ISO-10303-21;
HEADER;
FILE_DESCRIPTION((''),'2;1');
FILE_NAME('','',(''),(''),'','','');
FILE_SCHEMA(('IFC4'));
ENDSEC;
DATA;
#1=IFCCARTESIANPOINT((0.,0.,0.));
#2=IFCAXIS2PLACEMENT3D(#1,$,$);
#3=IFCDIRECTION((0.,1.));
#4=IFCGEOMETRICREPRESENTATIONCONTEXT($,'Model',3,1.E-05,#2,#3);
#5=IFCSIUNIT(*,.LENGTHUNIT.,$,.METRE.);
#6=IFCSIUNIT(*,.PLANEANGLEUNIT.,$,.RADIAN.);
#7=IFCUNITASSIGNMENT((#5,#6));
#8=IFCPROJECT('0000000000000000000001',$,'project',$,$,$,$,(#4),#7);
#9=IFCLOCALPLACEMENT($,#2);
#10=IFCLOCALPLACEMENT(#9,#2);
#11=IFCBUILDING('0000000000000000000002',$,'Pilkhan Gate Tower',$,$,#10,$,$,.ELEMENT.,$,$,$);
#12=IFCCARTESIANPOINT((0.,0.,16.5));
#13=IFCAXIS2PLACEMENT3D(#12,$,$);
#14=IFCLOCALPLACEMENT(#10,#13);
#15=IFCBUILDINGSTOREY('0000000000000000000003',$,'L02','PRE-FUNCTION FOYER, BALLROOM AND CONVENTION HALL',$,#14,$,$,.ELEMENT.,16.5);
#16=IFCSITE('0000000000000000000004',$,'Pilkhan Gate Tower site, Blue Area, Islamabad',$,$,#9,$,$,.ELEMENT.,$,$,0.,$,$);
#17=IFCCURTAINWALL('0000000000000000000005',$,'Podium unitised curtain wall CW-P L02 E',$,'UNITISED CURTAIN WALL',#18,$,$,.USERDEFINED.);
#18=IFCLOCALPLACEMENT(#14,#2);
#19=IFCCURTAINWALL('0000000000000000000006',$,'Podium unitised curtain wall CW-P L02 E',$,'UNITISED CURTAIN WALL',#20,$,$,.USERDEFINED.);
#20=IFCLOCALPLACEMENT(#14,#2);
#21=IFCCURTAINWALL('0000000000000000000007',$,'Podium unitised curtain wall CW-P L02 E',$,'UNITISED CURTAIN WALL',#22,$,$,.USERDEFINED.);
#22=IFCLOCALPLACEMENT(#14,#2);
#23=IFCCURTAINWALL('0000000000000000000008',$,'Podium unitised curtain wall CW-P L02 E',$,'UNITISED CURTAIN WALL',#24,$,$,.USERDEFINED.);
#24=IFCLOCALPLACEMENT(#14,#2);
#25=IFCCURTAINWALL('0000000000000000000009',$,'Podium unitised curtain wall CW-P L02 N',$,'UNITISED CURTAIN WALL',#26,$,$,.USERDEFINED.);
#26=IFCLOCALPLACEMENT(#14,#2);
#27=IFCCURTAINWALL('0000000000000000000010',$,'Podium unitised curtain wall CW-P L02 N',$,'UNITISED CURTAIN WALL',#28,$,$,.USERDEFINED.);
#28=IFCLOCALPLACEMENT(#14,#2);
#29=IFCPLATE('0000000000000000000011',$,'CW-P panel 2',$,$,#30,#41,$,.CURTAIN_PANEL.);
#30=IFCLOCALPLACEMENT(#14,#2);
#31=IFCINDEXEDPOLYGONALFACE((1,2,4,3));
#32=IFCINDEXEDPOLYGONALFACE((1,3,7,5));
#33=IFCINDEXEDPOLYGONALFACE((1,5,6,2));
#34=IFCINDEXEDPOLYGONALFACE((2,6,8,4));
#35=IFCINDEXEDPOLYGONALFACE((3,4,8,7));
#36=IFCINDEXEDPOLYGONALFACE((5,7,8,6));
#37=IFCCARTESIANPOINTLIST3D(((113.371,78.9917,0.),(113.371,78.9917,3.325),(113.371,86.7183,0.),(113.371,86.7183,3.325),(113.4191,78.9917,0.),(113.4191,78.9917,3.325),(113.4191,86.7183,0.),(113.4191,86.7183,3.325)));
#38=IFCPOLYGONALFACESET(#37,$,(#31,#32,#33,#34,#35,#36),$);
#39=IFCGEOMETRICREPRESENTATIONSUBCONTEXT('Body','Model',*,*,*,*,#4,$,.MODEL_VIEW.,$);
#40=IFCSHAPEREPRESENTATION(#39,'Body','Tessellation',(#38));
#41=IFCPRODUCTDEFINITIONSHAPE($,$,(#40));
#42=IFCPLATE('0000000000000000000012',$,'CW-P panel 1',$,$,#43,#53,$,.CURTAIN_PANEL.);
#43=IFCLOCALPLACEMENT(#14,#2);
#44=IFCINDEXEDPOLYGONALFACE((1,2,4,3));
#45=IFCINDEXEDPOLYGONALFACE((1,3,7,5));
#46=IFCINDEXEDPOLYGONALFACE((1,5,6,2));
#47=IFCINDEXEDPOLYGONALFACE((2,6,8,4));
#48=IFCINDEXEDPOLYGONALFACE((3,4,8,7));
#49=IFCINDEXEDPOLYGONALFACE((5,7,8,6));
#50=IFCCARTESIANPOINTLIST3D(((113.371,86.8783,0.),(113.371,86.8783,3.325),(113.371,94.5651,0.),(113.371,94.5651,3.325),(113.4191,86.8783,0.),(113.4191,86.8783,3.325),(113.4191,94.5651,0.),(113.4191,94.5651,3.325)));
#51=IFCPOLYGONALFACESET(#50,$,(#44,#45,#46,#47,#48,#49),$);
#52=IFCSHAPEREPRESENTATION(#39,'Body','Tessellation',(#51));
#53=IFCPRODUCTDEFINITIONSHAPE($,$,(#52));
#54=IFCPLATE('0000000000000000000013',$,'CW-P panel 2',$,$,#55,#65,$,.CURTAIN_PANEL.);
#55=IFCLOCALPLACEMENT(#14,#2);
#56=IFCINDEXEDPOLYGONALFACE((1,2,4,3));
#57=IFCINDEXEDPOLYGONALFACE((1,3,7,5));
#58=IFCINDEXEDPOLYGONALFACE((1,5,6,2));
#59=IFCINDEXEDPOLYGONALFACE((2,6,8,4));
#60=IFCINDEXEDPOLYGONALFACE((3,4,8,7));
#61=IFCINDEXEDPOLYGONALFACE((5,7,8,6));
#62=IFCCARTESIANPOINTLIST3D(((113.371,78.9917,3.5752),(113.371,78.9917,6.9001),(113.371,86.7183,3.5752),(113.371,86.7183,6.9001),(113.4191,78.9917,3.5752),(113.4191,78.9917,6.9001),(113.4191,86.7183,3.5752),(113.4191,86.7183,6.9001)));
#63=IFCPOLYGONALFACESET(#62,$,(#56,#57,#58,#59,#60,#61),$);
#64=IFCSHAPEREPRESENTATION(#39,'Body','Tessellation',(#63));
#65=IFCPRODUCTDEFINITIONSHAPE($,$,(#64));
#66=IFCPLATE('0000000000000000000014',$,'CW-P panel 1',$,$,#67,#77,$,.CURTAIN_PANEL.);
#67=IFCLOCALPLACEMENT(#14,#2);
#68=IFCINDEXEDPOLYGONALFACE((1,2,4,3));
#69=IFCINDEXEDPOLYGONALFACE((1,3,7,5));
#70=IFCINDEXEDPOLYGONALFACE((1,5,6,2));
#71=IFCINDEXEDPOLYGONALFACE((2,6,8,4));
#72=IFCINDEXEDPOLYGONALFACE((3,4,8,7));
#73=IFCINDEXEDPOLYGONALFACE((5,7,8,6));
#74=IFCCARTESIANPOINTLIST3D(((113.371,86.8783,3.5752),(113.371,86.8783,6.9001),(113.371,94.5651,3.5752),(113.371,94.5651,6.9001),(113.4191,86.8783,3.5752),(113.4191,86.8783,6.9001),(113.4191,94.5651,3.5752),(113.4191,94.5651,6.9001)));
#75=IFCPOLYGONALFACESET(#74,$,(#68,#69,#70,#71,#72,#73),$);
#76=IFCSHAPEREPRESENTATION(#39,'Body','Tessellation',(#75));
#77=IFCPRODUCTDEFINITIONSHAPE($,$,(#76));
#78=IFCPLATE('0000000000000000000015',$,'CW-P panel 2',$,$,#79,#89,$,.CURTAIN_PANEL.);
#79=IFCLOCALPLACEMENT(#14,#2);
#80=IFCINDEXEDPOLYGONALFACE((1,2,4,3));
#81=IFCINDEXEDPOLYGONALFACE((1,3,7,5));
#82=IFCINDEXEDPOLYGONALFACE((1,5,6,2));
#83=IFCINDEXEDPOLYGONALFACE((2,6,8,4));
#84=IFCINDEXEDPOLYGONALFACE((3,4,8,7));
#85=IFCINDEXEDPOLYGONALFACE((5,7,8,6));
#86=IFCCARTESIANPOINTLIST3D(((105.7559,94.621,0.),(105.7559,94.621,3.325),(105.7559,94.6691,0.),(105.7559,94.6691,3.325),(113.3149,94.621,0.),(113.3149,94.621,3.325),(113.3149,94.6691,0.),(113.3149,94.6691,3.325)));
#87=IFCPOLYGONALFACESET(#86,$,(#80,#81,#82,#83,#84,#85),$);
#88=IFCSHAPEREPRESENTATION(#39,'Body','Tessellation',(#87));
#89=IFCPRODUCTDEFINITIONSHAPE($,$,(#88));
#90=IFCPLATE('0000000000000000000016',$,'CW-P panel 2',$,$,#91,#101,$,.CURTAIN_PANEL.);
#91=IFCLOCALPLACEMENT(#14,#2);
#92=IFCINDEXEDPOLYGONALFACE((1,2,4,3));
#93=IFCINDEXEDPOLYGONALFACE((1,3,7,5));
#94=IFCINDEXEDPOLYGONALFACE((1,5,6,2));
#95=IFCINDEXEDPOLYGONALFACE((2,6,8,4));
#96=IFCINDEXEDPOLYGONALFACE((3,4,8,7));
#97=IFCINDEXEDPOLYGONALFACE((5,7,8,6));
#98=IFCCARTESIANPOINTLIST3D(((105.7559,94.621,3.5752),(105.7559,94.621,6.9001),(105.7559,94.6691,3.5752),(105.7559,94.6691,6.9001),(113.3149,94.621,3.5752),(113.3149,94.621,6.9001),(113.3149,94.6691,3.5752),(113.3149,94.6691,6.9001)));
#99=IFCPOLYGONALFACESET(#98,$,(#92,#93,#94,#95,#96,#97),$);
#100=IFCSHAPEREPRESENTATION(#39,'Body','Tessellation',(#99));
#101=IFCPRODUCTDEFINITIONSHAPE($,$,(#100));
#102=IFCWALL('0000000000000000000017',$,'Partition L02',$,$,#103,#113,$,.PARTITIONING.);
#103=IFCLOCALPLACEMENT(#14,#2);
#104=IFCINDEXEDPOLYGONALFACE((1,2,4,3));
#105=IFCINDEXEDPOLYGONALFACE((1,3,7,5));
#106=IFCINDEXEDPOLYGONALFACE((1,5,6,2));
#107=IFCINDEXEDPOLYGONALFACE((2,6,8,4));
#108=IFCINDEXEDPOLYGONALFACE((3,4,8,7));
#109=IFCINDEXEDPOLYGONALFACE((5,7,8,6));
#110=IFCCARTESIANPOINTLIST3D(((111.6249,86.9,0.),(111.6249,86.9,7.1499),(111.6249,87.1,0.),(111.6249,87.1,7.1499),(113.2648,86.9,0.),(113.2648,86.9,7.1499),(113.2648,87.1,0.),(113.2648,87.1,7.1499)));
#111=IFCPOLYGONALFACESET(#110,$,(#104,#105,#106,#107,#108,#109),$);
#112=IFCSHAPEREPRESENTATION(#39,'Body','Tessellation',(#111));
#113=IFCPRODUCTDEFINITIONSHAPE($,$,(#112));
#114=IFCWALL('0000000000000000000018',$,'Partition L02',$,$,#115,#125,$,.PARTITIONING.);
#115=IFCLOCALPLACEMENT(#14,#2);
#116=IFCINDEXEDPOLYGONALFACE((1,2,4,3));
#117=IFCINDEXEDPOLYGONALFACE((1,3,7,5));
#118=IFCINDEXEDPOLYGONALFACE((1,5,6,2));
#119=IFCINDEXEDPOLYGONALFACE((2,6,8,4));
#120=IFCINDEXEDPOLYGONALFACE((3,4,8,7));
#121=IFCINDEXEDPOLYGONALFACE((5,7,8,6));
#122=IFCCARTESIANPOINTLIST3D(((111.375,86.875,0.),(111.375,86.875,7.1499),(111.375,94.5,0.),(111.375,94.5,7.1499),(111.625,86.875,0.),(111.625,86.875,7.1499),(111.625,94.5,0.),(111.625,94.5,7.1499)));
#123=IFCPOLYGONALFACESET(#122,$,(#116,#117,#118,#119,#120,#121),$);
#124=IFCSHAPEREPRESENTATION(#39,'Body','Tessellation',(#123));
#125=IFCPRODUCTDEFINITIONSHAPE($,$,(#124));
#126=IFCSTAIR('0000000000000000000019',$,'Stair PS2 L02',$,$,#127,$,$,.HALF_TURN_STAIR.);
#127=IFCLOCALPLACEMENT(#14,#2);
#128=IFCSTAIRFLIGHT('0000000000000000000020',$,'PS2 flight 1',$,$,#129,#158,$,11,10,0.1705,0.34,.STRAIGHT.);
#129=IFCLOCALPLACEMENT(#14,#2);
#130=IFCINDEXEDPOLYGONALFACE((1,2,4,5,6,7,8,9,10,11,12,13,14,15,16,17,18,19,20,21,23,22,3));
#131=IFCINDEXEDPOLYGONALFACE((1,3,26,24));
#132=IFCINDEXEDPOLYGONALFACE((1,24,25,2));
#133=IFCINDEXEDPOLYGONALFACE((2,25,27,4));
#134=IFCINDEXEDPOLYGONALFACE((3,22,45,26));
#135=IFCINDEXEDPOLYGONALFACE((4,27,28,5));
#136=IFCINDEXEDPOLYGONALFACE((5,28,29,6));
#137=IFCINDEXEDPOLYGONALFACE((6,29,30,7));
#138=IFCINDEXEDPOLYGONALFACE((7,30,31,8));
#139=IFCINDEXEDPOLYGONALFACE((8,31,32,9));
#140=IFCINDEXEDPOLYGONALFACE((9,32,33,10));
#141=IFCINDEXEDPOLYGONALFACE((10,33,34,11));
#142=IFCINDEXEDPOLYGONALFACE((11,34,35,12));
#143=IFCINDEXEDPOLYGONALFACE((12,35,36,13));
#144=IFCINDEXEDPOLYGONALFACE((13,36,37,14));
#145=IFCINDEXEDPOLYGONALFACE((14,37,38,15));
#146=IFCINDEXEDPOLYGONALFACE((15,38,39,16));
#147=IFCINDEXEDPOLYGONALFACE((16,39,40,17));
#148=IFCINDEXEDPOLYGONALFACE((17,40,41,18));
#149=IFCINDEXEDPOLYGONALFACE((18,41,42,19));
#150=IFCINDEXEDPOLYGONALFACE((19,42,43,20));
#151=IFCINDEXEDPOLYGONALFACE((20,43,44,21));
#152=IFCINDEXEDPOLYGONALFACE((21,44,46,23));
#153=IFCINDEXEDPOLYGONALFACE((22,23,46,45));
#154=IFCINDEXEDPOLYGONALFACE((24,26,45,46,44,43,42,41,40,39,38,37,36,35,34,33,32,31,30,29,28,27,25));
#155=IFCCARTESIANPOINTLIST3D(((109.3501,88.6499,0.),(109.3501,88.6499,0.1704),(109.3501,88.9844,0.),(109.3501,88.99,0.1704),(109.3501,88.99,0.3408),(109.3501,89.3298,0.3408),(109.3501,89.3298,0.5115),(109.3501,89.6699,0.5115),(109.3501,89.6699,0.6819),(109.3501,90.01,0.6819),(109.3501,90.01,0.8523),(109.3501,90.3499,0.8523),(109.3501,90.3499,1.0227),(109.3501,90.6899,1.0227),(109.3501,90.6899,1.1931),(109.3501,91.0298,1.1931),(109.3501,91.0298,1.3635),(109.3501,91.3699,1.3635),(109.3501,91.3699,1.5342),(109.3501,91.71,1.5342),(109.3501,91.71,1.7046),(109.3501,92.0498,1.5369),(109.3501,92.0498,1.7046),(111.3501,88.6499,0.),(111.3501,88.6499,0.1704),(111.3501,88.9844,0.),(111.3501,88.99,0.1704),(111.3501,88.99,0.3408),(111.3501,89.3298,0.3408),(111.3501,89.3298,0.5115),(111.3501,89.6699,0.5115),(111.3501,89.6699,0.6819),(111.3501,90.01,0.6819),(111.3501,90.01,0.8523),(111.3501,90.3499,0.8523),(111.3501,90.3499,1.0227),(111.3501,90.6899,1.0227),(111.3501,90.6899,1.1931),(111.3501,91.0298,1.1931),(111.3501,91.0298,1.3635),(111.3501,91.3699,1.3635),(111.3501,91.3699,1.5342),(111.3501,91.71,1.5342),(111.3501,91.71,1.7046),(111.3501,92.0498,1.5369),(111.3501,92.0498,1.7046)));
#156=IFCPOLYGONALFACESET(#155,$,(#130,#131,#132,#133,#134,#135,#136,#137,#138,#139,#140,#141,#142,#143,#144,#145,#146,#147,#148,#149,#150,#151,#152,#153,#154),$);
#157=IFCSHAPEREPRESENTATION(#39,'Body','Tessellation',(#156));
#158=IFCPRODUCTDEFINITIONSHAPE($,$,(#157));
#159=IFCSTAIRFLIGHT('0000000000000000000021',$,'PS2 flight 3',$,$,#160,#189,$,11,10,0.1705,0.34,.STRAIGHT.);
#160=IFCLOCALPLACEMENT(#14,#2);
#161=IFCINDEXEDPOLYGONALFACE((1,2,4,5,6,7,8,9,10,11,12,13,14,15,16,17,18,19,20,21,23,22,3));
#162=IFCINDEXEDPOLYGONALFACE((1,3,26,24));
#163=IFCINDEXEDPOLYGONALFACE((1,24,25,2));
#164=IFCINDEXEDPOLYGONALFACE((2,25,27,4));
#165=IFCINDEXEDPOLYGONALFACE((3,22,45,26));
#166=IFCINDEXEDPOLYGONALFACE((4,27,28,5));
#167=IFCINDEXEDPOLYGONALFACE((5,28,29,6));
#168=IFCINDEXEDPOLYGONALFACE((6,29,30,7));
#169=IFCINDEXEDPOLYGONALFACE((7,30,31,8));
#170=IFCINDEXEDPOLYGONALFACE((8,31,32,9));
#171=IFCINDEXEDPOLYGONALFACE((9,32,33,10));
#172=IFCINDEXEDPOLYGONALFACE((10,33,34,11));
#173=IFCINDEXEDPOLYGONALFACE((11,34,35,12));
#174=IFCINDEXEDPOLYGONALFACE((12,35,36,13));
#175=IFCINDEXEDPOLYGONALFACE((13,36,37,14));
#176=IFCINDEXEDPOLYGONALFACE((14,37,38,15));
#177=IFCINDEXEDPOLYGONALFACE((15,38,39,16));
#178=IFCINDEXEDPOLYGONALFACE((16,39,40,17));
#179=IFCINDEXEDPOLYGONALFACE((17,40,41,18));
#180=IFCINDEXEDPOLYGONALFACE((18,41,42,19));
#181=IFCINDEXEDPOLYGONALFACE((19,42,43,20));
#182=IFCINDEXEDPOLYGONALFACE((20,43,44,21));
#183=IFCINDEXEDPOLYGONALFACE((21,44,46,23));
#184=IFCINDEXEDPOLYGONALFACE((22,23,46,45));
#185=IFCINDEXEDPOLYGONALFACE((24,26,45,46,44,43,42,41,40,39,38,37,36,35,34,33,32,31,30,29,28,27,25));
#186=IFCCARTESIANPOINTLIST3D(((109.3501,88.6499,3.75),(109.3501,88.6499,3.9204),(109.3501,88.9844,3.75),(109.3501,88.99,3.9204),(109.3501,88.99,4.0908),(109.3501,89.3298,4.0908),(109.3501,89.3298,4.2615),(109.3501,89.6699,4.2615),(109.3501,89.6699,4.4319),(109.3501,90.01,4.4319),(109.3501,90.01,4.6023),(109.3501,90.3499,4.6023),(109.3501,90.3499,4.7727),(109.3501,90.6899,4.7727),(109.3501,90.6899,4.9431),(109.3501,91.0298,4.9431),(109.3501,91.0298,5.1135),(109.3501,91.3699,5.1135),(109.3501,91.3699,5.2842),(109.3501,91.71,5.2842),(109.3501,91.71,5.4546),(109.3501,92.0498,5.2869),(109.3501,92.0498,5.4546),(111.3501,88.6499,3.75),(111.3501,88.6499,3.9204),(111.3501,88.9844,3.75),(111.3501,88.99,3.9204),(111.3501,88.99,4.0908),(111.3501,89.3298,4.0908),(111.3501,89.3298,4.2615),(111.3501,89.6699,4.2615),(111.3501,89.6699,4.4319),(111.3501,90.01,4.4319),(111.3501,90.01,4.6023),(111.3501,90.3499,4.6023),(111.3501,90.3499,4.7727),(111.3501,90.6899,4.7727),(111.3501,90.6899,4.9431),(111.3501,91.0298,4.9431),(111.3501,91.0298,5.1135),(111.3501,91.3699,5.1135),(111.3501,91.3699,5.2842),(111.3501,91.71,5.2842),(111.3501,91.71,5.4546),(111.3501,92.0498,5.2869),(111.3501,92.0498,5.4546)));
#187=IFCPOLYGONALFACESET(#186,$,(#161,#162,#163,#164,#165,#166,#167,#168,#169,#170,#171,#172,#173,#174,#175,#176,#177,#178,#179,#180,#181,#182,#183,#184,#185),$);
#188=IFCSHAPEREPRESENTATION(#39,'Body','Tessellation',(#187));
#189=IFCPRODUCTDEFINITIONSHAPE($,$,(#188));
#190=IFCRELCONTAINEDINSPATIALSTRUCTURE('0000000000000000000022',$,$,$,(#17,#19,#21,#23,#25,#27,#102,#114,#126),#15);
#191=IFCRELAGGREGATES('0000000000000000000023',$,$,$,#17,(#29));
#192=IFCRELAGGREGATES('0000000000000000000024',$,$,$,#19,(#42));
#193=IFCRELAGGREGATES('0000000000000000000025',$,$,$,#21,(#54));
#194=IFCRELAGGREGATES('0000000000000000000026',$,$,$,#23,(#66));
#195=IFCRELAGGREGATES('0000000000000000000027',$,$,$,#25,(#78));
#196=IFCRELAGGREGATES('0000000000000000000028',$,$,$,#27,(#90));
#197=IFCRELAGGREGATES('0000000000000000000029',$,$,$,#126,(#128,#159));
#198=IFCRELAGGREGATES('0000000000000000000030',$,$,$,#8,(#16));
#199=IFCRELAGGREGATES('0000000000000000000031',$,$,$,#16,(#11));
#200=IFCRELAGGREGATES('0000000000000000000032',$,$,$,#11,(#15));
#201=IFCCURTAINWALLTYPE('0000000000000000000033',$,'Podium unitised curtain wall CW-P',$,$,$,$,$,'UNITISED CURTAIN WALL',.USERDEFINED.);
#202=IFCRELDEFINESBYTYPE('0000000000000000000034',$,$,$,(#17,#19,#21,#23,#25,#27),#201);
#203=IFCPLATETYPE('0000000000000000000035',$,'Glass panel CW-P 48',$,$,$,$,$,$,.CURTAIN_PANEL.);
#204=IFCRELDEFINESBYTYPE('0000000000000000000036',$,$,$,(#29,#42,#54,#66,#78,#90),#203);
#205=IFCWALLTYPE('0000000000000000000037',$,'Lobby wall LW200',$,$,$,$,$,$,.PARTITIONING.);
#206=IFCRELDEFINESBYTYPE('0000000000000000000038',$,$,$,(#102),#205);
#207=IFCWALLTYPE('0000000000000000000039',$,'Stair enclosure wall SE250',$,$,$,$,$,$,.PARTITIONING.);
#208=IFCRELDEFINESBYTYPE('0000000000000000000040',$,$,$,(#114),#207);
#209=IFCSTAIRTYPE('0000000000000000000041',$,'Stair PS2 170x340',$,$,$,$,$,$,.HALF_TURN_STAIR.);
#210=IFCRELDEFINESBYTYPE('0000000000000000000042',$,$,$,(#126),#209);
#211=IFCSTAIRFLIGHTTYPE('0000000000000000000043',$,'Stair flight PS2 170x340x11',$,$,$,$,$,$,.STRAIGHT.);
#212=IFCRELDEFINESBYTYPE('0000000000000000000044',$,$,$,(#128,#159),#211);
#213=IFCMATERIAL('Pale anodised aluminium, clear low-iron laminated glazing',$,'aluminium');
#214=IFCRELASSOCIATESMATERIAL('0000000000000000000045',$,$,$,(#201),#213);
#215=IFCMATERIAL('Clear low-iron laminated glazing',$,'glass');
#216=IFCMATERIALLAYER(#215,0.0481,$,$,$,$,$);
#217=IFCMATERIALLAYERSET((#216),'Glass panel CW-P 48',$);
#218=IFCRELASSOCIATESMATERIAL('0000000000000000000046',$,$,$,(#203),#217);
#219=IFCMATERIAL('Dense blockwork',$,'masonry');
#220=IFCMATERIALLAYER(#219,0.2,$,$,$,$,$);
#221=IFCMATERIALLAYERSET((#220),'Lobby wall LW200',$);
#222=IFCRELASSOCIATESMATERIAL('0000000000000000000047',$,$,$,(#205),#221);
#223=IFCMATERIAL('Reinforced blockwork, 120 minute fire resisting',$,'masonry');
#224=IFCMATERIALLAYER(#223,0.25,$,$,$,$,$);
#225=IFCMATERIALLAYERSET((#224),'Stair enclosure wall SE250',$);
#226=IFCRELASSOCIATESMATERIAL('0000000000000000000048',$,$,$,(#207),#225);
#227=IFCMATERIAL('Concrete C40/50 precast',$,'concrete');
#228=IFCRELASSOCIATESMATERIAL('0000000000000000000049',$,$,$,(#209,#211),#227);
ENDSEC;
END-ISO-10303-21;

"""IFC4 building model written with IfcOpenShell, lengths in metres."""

from ifc_helpers import new_model, si_unit, direction, frame, frame_2d, origin, origin_2d, place, context, subcontext, project, spatial, polyline, rectangle, outline, extrude, material, layer, layer_set, type_object, element, aggregate, save


model = new_model("IFC4")

# Units and contexts
model_context = context("Model", 3, precision=1e-05, world=origin(), true_north=direction((0.0, 1.0)))
body_context = subcontext(model_context, "Body", "Model", "MODEL_VIEW")
ifc_project = project(units=[si_unit("LENGTHUNIT", "METRE"), si_unit("PLANEANGLEUNIT", "RADIAN")], contexts=[model_context])

# Site, building, storey
site_placement = place(None, origin())
site = spatial("IfcSite", under=ifc_project, at=site_placement, Name="Pilkhan Gate Tower site, Blue Area, Islamabad", CompositionType="ELEMENT", RefElevation=0.0)
building_placement = place(site_placement, origin())
building = spatial("IfcBuilding", under=site, at=building_placement, Name="Pilkhan Gate Tower", CompositionType="ELEMENT")
storey_placement = place(building_placement, frame((0.0, 0.0, 16.5)))
storey = spatial("IfcBuildingStorey", under=building, at=storey_placement, Name="L02", Description="PRE-FUNCTION FOYER, BALLROOM AND CONVENTION HALL", CompositionType="ELEMENT", Elevation=16.5)

# Curtain wall
ifc_material_1 = material(Name="Pale anodised aluminium, clear low-iron laminated glazing", Category="aluminium")
curtain_wall_type = type_object("IfcCurtainWallType", Name="Podium unitised curtain wall CW-P", ElementType="UNITISED CURTAIN WALL", PredefinedType="USERDEFINED", material=ifc_material_1)
curtain_wall_1_placement = place(storey_placement, origin())
curtain_wall_1 = element("IfcCurtainWall", 1, at=curtain_wall_1_placement, inside=storey, type_object=curtain_wall_type, Name="Podium unitised curtain wall CW-P L02 E", ObjectType="UNITISED CURTAIN WALL", PredefinedType="USERDEFINED")

# Curtain wall
curtain_wall_2_placement = place(storey_placement, origin())
curtain_wall_2 = element("IfcCurtainWall", 2, at=curtain_wall_2_placement, inside=storey, type_object=curtain_wall_type, Name="Podium unitised curtain wall CW-P L02 E", ObjectType="UNITISED CURTAIN WALL", PredefinedType="USERDEFINED")

# Curtain wall
curtain_wall_3_placement = place(storey_placement, origin())
curtain_wall_3 = element("IfcCurtainWall", 3, at=curtain_wall_3_placement, inside=storey, type_object=curtain_wall_type, Name="Podium unitised curtain wall CW-P L02 E", ObjectType="UNITISED CURTAIN WALL", PredefinedType="USERDEFINED")

# Curtain wall
curtain_wall_4_placement = place(storey_placement, origin())
curtain_wall_4 = element("IfcCurtainWall", 4, at=curtain_wall_4_placement, inside=storey, type_object=curtain_wall_type, Name="Podium unitised curtain wall CW-P L02 E", ObjectType="UNITISED CURTAIN WALL", PredefinedType="USERDEFINED")

# Curtain walls
curtain_wall_5_placement = place(storey_placement, origin())
curtain_wall_5 = element("IfcCurtainWall", 5, at=curtain_wall_5_placement, inside=storey, type_object=curtain_wall_type, Name="Podium unitised curtain wall CW-P L02 N", ObjectType="UNITISED CURTAIN WALL", PredefinedType="USERDEFINED")
curtain_wall_6_placement = place(storey_placement, origin())
curtain_wall_6 = element("IfcCurtainWall", 6, at=curtain_wall_6_placement, inside=storey, type_object=curtain_wall_type, Name="Podium unitised curtain wall CW-P L02 N", ObjectType="UNITISED CURTAIN WALL", PredefinedType="USERDEFINED")

# Plates
ifc_material_2 = material(Name="Clear low-iron laminated glazing", Category="glass")
ifc_layer_1 = layer(ifc_material_2, 0.0481)
ifc_layer_set_1 = layer_set([ifc_layer_1], Name="Glass panel CW-P 48")
plate_type = type_object("IfcPlateType", Name="Glass panel CW-P 48", PredefinedType="CURTAIN_PANEL", material=ifc_layer_set_1)
plate_1_placement = place(storey_placement, frame((113.395, 82.855, 0.0), z_axis=(0.0, 0.0, 1.0), x_axis=(0.0, 1.0, 0.0)))
plate_1 = element("IfcPlate", 7, at=plate_1_placement, type_object=plate_type, Name="CW-P panel 2", PredefinedType="CURTAIN_PANEL", context=body_context, shape_type="SweptSolid", body=[
    extrude(rectangle(XDim=7.7266, YDim=0.0481, at=origin_2d()), origin(), (0.0, 0.0, 1.0), 3.325),
])
aggregate(curtain_wall_1, [plate_1])
plate_2_placement = place(storey_placement, frame((113.395, 90.7217, 0.0), z_axis=(0.0, 0.0, 1.0), x_axis=(0.0, 1.0, 0.0)))
plate_2 = element("IfcPlate", 8, at=plate_2_placement, type_object=plate_type, Name="CW-P panel 1", PredefinedType="CURTAIN_PANEL", context=body_context, shape_type="SweptSolid", body=[
    extrude(rectangle(XDim=7.6868, YDim=0.0481, at=origin_2d()), origin(), (0.0, 0.0, 1.0), 3.325),
])
aggregate(curtain_wall_2, [plate_2])
plate_3_placement = place(storey_placement, frame((113.395, 82.855, 3.5752), z_axis=(0.0, 0.0, 1.0), x_axis=(0.0, 1.0, 0.0)))
plate_3 = element("IfcPlate", 9, at=plate_3_placement, type_object=plate_type, Name="CW-P panel 2", PredefinedType="CURTAIN_PANEL", context=body_context, shape_type="SweptSolid", body=[
    extrude(rectangle(XDim=7.7266, YDim=0.0481, at=origin_2d()), origin(), (0.0, 0.0, 1.0), 3.325),
])
aggregate(curtain_wall_3, [plate_3])
plate_4_placement = place(storey_placement, frame((113.395, 90.7217, 3.5752), z_axis=(0.0, 0.0, 1.0), x_axis=(0.0, 1.0, 0.0)))
plate_4 = element("IfcPlate", 10, at=plate_4_placement, type_object=plate_type, Name="CW-P panel 1", PredefinedType="CURTAIN_PANEL", context=body_context, shape_type="SweptSolid", body=[
    extrude(rectangle(XDim=7.6868, YDim=0.0481, at=origin_2d()), origin(), (0.0, 0.0, 1.0), 3.325),
])
aggregate(curtain_wall_4, [plate_4])
plate_5_placement = place(storey_placement, frame((109.5354, 94.645, 0.0), z_axis=(0.0, 0.0, 1.0), x_axis=(1.0, 0.0, 0.0)))
plate_5 = element("IfcPlate", 11, at=plate_5_placement, type_object=plate_type, Name="CW-P panel 2", PredefinedType="CURTAIN_PANEL", context=body_context, shape_type="SweptSolid", body=[
    extrude(rectangle(XDim=7.5591, YDim=0.0481, at=origin_2d()), origin(), (0.0, 0.0, 1.0), 3.325),
])
aggregate(curtain_wall_5, [plate_5])
plate_6_placement = place(storey_placement, frame((109.5354, 94.645, 3.5752), z_axis=(0.0, 0.0, 1.0), x_axis=(1.0, 0.0, 0.0)))
plate_6 = element("IfcPlate", 12, at=plate_6_placement, type_object=plate_type, Name="CW-P panel 2", PredefinedType="CURTAIN_PANEL", context=body_context, shape_type="SweptSolid", body=[
    extrude(rectangle(XDim=7.5591, YDim=0.0481, at=origin_2d()), origin(), (0.0, 0.0, 1.0), 3.325),
])
aggregate(curtain_wall_6, [plate_6])

# Walls
ifc_material_3 = material(Name="Dense blockwork", Category="masonry")
ifc_layer_2 = layer(ifc_material_3, 0.2)
ifc_layer_set_2 = layer_set([ifc_layer_2], Name="Lobby wall LW200")
wall_type_1 = type_object("IfcWallType", Name="Lobby wall LW200", PredefinedType="PARTITIONING", material=ifc_layer_set_2)
wall_1_placement = place(storey_placement, frame((111.625, 87.0, 0.0), z_axis=(0.0, 0.0, 1.0), x_axis=(1.0, 0.0, 0.0)))
element("IfcWall", 13, at=wall_1_placement, inside=storey, type_object=wall_type_1, Name="Partition L02", PredefinedType="PARTITIONING", context=body_context, shape_type="SweptSolid", body=[
    extrude(rectangle(XDim=1.6399, YDim=0.2, at=frame_2d((0.8198, 0.0))), origin(), (0.0, 0.0, 1.0), 7.1499),
])
ifc_material_4 = material(Name="Reinforced blockwork, 120 minute fire resisting", Category="masonry")
ifc_layer_3 = layer(ifc_material_4, 0.25)
ifc_layer_set_3 = layer_set([ifc_layer_3], Name="Stair enclosure wall SE250")
wall_type_2 = type_object("IfcWallType", Name="Stair enclosure wall SE250", PredefinedType="PARTITIONING", material=ifc_layer_set_3)
wall_2_placement = place(storey_placement, frame((111.5, 86.875, 0.0), z_axis=(0.0, 0.0, 1.0), x_axis=(0.0, 1.0, 0.0)))
element("IfcWall", 14, at=wall_2_placement, inside=storey, type_object=wall_type_2, Name="Partition L02", PredefinedType="PARTITIONING", context=body_context, shape_type="SweptSolid", body=[
    extrude(rectangle(XDim=7.625, YDim=0.25, at=frame_2d((3.8125, 0.0))), origin(), (0.0, 0.0, 1.0), 7.1499),
])

# Stair, stair flights
ifc_material_5 = material(Name="Concrete C40/50 precast", Category="concrete")
stair_type = type_object("IfcStairType", Name="Stair PS2 170x340", PredefinedType="HALF_TURN_STAIR", material=ifc_material_5)
stair_placement = place(storey_placement, origin())
stair = element("IfcStair", 15, at=stair_placement, inside=storey, type_object=stair_type, Name="Stair PS2 L02", PredefinedType="HALF_TURN_STAIR")
stair_flight_type = type_object("IfcStairFlightType", Name="Stair flight PS2 170x340x11", PredefinedType="STRAIGHT", material=ifc_material_5)
stair_flight_1_placement = place(storey_placement, frame((110.3501, 88.6499, 0.0), z_axis=(0.0, 0.0, 1.0), x_axis=(0.0, 1.0, 0.0)))
stair_flight_1 = element("IfcStairFlight", 16, at=stair_flight_1_placement, type_object=stair_flight_type, Name="PS2 flight 1", NumberOfRisers=11, NumberOfTreads=10, PredefinedType="STRAIGHT", RiserHeight=0.1705, TreadLength=0.34, context=body_context, shape_type="SweptSolid", body=[
    extrude(outline(polyline([(0.0, 0.0), (0.0, 0.1704), (0.3401, 0.1704), (0.3401, 0.3408), (0.6799, 0.3408), (0.6799, 0.5115), (1.02, 0.5115), (1.02, 0.6819), (1.3601, 0.6819), (1.3601, 0.8523), (1.7, 0.8523), (1.7, 1.0227), (2.04, 1.0227), (2.04, 1.1931), (2.3799, 1.1931), (2.3799, 1.3635), (2.72, 1.3635), (2.72, 1.5342), (3.0601, 1.5342), (3.0601, 1.7046), (3.3999, 1.7046), (3.3999, 1.875), (3.3999, 1.5369), (0.3345, 0.0), (0.0, 0.0)])), frame((0.0, 1.0, 0.0), z_axis=(0.0, -1.0, 0.0), x_axis=(1.0, 0.0, 0.0)), (0.0, 0.0, 1.0), 2.0),
])
stair_flight_2_placement = place(storey_placement, frame((110.3501, 88.6499, 3.75), z_axis=(0.0, 0.0, 1.0), x_axis=(0.0, 1.0, 0.0)))
stair_flight_2 = element("IfcStairFlight", 17, at=stair_flight_2_placement, type_object=stair_flight_type, Name="PS2 flight 3", NumberOfRisers=11, NumberOfTreads=10, PredefinedType="STRAIGHT", RiserHeight=0.1705, TreadLength=0.34, context=body_context, shape_type="SweptSolid", body=[
    extrude(outline(polyline([(0.0, 0.0), (0.0, 0.1704), (0.3401, 0.1704), (0.3401, 0.3408), (0.6799, 0.3408), (0.6799, 0.5115), (1.02, 0.5115), (1.02, 0.6819), (1.3601, 0.6819), (1.3601, 0.8523), (1.7, 0.8523), (1.7, 1.0227), (2.04, 1.0227), (2.04, 1.1931), (2.3799, 1.1931), (2.3799, 1.3635), (2.72, 1.3635), (2.72, 1.5342), (3.0601, 1.5342), (3.0601, 1.7046), (3.3999, 1.7046), (3.3999, 1.875), (3.3999, 1.5369), (0.3345, 0.0), (0.0, 0.0)])), frame((0.0, 1.0, 0.0), z_axis=(0.0, -1.0, 0.0), x_axis=(1.0, 0.0, 0.0)), (0.0, 0.0, 1.0), 2.0),
])
aggregate(stair, [stair_flight_1, stair_flight_2])

save(model, "model.ifc")
